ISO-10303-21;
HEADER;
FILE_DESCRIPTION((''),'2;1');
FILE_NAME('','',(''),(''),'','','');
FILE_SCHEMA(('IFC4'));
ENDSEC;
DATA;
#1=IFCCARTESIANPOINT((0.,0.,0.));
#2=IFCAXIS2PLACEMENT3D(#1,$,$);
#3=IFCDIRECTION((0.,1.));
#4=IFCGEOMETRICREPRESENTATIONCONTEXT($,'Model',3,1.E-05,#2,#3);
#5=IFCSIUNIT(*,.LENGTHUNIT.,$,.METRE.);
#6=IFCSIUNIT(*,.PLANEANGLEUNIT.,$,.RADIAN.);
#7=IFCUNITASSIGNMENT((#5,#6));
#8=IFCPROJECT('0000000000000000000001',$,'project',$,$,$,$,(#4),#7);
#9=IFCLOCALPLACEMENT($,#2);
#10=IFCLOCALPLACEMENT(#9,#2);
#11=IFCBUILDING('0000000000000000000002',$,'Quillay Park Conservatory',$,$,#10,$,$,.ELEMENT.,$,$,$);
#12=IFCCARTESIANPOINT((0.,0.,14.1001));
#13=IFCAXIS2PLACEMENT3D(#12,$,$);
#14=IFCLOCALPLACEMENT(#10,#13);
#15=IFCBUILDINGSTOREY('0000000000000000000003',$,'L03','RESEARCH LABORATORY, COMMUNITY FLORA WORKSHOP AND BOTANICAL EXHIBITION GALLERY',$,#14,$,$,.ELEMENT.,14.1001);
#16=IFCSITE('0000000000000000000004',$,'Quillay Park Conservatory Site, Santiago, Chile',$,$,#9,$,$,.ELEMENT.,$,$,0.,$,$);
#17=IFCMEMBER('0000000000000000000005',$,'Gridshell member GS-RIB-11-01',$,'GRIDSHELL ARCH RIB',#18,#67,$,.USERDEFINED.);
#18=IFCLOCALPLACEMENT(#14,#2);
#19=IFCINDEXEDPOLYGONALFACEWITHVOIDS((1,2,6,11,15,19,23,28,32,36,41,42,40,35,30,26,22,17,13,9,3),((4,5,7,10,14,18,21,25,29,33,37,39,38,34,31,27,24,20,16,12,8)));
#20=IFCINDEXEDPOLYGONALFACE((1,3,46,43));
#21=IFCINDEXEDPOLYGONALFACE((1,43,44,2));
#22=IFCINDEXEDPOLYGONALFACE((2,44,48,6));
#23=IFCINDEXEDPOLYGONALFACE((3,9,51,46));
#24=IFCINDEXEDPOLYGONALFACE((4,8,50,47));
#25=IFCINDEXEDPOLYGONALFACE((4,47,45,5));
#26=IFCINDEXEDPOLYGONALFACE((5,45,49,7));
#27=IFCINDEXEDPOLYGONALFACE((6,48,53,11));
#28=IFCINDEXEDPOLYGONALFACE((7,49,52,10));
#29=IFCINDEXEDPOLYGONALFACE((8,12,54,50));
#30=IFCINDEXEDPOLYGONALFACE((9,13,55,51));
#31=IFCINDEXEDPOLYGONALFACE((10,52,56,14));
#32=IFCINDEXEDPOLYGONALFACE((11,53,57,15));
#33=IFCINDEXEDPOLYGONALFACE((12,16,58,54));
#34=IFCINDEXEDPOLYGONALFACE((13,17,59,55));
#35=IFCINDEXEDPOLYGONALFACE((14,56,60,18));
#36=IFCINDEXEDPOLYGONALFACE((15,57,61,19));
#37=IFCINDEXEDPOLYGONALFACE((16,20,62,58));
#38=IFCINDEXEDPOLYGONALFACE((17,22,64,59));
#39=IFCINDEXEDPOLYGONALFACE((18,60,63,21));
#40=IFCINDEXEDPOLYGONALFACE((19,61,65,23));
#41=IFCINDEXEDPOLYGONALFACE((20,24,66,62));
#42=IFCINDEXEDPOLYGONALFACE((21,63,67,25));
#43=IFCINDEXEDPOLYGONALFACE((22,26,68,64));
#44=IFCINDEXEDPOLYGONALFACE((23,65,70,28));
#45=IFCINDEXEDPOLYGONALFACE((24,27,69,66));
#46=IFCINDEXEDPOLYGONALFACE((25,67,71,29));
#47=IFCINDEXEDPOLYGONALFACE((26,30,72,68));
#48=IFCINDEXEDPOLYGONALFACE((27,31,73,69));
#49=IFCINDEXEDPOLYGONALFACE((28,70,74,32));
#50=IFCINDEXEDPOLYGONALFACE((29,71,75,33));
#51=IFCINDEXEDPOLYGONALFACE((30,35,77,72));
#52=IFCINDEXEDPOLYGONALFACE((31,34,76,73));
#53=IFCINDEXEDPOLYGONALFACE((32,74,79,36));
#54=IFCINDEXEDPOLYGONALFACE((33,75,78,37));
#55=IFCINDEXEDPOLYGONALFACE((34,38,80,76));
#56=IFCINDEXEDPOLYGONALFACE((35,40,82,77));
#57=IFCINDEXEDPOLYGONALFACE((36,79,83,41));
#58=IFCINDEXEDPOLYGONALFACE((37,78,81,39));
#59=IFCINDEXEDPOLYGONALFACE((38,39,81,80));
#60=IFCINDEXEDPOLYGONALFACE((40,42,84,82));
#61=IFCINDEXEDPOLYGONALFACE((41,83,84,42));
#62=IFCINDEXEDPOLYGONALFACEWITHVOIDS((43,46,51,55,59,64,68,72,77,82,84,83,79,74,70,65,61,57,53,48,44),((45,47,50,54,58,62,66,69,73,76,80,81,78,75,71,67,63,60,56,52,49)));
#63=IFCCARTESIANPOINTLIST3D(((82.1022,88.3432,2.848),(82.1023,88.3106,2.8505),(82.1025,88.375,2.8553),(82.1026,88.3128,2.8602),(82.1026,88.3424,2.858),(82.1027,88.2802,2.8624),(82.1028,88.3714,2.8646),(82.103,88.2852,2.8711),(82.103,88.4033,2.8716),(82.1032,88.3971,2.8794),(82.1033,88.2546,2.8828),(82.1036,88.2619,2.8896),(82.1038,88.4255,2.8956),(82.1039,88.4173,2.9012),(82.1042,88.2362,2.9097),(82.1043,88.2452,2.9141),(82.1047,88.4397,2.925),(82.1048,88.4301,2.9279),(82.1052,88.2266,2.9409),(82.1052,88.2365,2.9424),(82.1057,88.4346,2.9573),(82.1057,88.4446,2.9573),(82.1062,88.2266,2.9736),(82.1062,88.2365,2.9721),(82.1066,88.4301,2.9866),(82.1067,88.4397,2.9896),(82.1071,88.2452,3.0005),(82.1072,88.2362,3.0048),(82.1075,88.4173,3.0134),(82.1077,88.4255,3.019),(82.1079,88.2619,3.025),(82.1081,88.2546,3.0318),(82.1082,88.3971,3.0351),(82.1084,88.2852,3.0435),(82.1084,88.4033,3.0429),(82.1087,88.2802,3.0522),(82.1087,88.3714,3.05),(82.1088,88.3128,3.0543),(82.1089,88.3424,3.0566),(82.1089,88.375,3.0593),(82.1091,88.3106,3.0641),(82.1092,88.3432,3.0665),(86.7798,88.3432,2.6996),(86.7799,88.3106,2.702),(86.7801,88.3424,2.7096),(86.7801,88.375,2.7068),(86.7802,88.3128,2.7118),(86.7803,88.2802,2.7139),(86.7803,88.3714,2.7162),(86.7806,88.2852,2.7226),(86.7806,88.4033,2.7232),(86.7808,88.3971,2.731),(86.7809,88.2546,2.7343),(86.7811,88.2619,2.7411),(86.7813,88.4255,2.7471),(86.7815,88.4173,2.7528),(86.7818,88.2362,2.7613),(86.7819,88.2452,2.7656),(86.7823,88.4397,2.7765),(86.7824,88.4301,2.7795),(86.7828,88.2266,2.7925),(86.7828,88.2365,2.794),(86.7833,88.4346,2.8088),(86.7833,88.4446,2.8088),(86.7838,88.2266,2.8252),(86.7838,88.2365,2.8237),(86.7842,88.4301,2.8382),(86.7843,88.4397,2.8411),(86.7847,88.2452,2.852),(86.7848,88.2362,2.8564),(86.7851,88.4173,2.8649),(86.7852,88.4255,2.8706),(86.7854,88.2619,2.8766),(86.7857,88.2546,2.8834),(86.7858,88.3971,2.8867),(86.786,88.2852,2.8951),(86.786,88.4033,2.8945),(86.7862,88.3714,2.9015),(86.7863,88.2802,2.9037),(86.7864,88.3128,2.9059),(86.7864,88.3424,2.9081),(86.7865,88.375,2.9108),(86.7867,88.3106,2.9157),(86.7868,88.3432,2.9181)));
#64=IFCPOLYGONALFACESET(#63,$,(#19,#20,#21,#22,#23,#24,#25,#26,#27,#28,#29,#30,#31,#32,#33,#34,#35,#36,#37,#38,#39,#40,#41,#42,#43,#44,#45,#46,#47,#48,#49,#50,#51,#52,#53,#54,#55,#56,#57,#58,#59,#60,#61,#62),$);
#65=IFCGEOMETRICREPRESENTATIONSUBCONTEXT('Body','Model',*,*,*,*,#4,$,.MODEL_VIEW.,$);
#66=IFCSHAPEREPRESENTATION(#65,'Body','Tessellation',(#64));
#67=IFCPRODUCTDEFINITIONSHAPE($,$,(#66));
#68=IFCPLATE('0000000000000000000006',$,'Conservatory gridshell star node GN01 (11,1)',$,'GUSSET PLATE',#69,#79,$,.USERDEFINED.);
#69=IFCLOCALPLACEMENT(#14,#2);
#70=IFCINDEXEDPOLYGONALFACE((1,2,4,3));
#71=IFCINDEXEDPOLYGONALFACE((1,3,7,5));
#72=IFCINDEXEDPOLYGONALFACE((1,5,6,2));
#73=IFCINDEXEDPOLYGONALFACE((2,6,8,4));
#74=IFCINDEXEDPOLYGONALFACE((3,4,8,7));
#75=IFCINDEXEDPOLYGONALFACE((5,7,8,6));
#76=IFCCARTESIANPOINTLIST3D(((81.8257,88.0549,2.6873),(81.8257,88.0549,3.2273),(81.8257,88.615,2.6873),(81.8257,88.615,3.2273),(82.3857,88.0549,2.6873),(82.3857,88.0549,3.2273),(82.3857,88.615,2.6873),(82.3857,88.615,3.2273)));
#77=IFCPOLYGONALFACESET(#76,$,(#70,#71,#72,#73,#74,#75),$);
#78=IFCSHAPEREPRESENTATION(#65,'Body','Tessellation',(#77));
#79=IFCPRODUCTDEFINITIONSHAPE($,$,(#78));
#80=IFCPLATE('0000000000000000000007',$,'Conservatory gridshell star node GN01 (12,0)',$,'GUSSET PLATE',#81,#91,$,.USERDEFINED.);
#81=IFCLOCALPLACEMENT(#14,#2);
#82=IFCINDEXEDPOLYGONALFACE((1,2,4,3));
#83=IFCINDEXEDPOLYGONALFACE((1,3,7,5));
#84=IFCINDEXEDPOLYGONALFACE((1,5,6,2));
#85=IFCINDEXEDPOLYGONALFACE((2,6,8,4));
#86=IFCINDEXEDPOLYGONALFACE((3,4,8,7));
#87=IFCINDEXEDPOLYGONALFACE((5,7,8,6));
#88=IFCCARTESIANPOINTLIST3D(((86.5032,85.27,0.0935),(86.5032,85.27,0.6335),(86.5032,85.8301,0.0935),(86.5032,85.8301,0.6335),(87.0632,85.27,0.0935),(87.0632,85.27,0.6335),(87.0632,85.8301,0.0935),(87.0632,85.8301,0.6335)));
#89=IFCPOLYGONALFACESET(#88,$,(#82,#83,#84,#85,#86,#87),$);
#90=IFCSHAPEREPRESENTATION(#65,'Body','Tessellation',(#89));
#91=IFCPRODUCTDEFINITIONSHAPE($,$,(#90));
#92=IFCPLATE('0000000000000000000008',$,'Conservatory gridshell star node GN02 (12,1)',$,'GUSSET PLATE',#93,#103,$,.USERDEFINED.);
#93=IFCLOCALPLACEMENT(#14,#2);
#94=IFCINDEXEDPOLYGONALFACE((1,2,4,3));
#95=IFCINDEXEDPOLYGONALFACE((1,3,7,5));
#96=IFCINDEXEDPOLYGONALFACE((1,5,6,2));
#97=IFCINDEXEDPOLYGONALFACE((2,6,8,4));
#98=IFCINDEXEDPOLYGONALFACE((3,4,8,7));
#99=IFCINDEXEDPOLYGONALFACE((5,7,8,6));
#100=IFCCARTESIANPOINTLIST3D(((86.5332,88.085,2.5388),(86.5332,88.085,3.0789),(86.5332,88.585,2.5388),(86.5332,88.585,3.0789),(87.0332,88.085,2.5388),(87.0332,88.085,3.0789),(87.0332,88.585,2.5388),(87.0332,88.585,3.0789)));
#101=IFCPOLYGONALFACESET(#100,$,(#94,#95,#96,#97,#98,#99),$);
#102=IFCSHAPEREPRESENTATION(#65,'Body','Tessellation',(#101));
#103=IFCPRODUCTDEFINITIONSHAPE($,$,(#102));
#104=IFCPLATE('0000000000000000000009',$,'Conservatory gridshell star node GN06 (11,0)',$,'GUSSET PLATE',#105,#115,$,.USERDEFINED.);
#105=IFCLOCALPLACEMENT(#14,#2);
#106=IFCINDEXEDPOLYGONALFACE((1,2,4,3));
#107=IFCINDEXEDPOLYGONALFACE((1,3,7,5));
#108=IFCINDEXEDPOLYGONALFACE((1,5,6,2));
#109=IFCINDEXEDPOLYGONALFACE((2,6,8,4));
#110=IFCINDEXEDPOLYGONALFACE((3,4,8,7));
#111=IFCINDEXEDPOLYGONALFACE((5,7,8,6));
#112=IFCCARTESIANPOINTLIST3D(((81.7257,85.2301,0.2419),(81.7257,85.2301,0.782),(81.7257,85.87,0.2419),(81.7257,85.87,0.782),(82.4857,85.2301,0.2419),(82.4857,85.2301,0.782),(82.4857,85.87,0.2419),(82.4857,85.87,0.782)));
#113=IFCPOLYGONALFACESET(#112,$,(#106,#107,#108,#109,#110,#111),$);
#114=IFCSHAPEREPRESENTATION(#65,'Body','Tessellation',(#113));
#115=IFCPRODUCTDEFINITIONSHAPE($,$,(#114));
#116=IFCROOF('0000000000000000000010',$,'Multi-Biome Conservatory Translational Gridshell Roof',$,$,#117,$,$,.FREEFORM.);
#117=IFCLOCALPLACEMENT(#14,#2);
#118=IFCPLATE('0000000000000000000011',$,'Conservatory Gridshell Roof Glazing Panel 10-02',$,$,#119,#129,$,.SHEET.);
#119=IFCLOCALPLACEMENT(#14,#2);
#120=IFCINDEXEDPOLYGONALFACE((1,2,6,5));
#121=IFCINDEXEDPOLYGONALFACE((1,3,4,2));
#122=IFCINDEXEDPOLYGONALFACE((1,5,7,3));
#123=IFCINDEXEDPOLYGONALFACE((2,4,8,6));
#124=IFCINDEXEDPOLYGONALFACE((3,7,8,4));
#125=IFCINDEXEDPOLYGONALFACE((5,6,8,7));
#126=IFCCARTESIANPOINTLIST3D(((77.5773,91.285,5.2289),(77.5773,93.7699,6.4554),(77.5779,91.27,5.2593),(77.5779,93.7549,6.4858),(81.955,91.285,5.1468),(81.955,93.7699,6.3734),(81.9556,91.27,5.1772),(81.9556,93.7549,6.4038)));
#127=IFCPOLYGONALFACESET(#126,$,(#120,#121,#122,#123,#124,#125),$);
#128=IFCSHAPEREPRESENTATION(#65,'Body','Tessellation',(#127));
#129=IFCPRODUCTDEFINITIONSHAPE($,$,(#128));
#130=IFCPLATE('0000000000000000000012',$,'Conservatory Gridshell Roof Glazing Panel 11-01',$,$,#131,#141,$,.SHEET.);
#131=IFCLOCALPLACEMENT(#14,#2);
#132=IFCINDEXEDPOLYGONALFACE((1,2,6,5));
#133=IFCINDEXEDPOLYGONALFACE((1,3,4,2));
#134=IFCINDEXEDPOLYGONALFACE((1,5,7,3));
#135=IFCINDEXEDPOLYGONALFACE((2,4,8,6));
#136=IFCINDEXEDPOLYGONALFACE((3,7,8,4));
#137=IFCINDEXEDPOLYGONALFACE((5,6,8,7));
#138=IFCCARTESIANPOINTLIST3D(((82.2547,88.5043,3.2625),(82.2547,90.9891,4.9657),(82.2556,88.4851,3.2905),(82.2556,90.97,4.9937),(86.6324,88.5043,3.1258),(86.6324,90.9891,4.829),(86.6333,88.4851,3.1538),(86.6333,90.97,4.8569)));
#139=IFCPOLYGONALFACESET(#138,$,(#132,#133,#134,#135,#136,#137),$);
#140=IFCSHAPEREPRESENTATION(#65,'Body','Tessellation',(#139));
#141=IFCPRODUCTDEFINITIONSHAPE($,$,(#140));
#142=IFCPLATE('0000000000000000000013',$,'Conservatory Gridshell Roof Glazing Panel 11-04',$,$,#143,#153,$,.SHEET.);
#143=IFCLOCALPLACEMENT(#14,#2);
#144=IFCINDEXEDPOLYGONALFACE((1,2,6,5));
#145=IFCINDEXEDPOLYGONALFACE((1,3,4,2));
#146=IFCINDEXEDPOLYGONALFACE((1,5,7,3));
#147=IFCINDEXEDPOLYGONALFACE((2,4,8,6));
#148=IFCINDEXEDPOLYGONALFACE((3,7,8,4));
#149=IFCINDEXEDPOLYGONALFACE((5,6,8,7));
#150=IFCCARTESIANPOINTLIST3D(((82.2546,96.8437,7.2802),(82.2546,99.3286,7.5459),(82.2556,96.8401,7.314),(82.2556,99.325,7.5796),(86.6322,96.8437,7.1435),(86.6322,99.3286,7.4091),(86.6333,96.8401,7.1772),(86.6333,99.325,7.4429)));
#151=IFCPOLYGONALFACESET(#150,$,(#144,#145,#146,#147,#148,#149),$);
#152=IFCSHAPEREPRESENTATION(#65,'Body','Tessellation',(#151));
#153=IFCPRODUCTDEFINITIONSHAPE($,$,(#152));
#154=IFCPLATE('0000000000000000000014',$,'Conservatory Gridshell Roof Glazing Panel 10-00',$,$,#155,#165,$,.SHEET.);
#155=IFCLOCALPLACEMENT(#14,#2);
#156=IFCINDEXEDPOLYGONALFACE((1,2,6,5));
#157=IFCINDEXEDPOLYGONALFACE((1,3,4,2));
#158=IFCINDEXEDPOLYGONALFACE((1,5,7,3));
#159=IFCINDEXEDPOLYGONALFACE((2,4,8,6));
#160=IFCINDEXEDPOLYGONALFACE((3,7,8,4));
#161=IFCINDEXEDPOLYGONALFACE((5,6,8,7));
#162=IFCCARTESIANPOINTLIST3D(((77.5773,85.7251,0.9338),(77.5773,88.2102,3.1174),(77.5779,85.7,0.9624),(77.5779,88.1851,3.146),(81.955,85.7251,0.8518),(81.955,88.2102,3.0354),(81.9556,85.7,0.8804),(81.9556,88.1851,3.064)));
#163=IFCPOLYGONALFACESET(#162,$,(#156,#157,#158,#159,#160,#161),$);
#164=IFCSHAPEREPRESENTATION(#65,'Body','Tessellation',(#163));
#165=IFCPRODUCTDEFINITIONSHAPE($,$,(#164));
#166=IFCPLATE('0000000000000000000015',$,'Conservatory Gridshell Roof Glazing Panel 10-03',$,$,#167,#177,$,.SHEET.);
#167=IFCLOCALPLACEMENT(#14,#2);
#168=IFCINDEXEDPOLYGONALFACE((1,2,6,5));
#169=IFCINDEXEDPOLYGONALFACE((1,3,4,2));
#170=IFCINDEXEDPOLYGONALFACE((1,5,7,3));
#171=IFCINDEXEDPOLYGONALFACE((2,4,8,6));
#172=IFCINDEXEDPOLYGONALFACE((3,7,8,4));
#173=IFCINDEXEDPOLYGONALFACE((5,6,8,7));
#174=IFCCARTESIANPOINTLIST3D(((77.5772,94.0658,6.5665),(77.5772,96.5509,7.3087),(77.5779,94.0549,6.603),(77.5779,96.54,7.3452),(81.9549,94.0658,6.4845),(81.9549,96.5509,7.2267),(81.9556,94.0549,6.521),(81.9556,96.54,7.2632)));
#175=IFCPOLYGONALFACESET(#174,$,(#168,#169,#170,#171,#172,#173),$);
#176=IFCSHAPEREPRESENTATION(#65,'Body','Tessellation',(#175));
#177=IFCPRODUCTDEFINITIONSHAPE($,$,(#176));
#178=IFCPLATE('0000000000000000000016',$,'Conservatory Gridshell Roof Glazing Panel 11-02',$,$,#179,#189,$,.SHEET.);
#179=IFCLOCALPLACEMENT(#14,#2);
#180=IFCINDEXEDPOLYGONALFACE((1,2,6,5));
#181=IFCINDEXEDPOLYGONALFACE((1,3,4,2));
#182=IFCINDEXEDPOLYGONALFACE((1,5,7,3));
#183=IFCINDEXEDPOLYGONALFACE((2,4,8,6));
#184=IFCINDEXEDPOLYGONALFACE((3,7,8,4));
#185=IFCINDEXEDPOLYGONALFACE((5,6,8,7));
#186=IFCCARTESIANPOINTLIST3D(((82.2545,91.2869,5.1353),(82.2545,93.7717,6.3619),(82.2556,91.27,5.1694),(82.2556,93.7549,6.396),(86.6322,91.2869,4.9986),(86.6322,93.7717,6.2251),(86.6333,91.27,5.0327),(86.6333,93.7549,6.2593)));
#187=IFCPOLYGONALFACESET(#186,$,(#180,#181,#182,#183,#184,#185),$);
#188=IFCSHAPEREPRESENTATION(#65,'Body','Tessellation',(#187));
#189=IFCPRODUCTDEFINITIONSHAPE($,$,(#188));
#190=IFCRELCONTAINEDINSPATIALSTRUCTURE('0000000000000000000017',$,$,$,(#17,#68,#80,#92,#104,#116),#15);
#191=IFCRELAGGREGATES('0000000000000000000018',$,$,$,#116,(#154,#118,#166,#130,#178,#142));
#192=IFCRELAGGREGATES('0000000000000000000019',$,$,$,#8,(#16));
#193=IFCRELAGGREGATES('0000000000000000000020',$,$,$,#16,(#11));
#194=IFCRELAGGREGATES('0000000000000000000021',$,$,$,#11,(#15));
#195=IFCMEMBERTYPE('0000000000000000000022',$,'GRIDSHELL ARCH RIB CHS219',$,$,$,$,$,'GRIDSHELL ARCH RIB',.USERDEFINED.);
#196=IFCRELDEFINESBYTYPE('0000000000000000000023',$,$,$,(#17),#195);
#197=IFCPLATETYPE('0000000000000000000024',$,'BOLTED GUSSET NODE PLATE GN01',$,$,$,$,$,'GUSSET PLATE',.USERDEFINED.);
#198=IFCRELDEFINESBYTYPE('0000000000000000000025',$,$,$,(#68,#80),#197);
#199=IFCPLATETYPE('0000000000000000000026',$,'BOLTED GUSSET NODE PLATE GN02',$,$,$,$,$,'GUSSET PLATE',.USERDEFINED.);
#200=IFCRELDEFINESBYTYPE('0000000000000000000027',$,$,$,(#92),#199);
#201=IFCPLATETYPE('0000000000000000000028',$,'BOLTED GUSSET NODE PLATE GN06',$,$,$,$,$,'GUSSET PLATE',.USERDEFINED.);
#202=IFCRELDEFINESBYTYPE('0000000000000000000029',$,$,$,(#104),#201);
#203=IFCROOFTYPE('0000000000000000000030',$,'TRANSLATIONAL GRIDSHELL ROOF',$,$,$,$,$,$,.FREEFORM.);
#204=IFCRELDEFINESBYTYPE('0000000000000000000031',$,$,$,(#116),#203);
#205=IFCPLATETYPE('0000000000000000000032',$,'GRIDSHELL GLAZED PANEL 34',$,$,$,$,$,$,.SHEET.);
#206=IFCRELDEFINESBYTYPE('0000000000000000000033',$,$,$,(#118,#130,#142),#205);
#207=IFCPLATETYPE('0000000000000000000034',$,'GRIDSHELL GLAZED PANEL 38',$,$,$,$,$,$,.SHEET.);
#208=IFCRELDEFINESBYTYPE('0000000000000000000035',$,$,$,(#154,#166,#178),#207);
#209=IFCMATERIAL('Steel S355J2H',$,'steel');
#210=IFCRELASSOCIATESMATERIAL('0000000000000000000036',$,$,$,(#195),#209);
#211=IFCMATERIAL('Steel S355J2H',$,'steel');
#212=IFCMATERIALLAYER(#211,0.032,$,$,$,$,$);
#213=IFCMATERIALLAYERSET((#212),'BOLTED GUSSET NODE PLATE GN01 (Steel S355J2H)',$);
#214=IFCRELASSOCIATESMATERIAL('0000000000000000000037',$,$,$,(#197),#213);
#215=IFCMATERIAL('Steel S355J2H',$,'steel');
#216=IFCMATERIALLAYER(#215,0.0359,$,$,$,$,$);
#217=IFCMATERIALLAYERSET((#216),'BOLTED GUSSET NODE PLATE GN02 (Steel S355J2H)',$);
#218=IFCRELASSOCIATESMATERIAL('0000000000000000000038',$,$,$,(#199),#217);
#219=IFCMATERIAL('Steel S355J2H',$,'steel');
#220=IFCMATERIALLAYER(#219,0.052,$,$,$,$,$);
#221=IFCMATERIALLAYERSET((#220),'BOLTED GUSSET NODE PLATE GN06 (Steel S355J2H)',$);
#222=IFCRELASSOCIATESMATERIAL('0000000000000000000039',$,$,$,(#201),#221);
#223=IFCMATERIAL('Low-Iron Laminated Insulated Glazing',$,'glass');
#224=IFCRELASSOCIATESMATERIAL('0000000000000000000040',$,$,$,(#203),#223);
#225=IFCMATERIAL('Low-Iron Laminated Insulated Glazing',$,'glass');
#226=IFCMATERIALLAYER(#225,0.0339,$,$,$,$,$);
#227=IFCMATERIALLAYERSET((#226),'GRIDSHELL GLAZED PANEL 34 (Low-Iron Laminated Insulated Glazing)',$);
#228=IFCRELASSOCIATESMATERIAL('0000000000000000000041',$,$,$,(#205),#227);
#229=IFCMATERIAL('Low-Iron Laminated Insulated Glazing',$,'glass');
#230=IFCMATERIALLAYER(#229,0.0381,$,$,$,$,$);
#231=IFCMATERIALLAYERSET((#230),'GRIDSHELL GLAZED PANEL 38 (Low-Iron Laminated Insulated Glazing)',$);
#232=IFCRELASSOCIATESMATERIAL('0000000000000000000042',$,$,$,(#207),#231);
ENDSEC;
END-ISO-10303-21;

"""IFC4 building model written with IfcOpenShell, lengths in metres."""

from ifc_helpers import new_model, si_unit, direction, frame, origin, origin_2d, place, context, subcontext, project, spatial, polyline, rectangle, hollow_circle, outline, extrude, material, layer, layer_set, material_profile, profile_set, type_object, element, aggregate, save


model = new_model("IFC4")

# Units and contexts
model_context = context("Model", 3, precision=1e-05, world=origin(), true_north=direction((0.0, 1.0)))
body_context = subcontext(model_context, "Body", "Model", "MODEL_VIEW")
ifc_project = project(units=[si_unit("LENGTHUNIT", "METRE"), si_unit("PLANEANGLEUNIT", "RADIAN")], contexts=[model_context])

# Site, building, storey
site_placement = place(None, origin())
site = spatial("IfcSite", under=ifc_project, at=site_placement, Name="Quillay Park Conservatory Site, Santiago, Chile", CompositionType="ELEMENT", RefElevation=0.0)
building_placement = place(site_placement, origin())
building = spatial("IfcBuilding", under=site, at=building_placement, Name="Quillay Park Conservatory", CompositionType="ELEMENT")
storey_placement = place(building_placement, frame((0.0, 0.0, 14.1001)))
storey = spatial("IfcBuildingStorey", under=building, at=storey_placement, Name="L03", Description="RESEARCH LABORATORY, COMMUNITY FLORA WORKSHOP AND BOTANICAL EXHIBITION GALLERY", CompositionType="ELEMENT", Elevation=14.1001)

# Member
ifc_material_1 = material(Name="Steel S355J2H", Category="steel")
ifc_material_profile_1 = material_profile(ifc_material_1, hollow_circle(Radius=0.1096, WallThickness=0.01, at=origin_2d()), Name="CHS219.1x10")
ifc_profile_set_1 = profile_set([ifc_material_profile_1], Name="Steel S355J2H")
member_type = type_object("IfcMemberType", Name="GRIDSHELL ARCH RIB CHS219", ElementType="GRIDSHELL ARCH RIB", PredefinedType="USERDEFINED", material=ifc_profile_set_1)
for number, where, z_axis, x_axis, name in (
    (1, (82.1057, 88.335, 2.9573), (0.999497, 0.0, -0.031718), (0.0, 1.0, 0.0), "Gridshell member GS-RIB-11-01"),
):
    element("IfcMember", number, at=place(storey_placement, frame(where, z_axis=z_axis, x_axis=x_axis)), inside=storey, type_object=member_type, Name=name, ObjectType="GRIDSHELL ARCH RIB", PredefinedType="USERDEFINED", context=body_context, shape_type="SweptSolid", body=[
        extrude(hollow_circle(Radius=0.1096, WallThickness=0.01, at=origin_2d()), origin(), (0.0, 0.0, 1.0), 4.6799),
    ])

# Plates
ifc_material_2 = material(Name="Steel S355J2H", Category="steel")
ifc_layer_1 = layer(ifc_material_2, 0.032)
ifc_layer_set_1 = layer_set([ifc_layer_1], Name="BOLTED GUSSET NODE PLATE GN01 (Steel S355J2H)")
plate_type_1 = type_object("IfcPlateType", Name="BOLTED GUSSET NODE PLATE GN01", ElementType="GUSSET PLATE", PredefinedType="USERDEFINED", material=ifc_layer_set_1)
for number, where, z_axis, x_axis, name in (
    (2, (82.1057, 88.335, 2.6873), (0.0, 0.0, 1.0), (1.0, 0.0, 0.0), "Conservatory gridshell star node GN01 (11,1)"),
    (3, (86.7832, 85.55, 0.0935), (0.0, 0.0, 1.0), (1.0, 0.0, 0.0), "Conservatory gridshell star node GN01 (12,0)"),
):
    element("IfcPlate", number, at=place(storey_placement, frame(where, z_axis=z_axis, x_axis=x_axis)), inside=storey, type_object=plate_type_1, Name=name, ObjectType="GUSSET PLATE", PredefinedType="USERDEFINED", context=body_context, shape_type="SweptSolid", body=[
        extrude(rectangle(XDim=0.5601, YDim=0.5601, at=origin_2d()), origin(), (0.0, 0.0, 1.0), 0.54),
    ])
ifc_material_3 = material(Name="Steel S355J2H", Category="steel")
ifc_layer_2 = layer(ifc_material_3, 0.0359)
ifc_layer_set_2 = layer_set([ifc_layer_2], Name="BOLTED GUSSET NODE PLATE GN02 (Steel S355J2H)")
plate_type_2 = type_object("IfcPlateType", Name="BOLTED GUSSET NODE PLATE GN02", ElementType="GUSSET PLATE", PredefinedType="USERDEFINED", material=ifc_layer_set_2)
plate_1_placement = place(storey_placement, frame((86.7832, 88.335, 2.5388), z_axis=(0.0, 0.0, 1.0), x_axis=(1.0, 0.0, 0.0)))
element("IfcPlate", 4, at=plate_1_placement, inside=storey, type_object=plate_type_2, Name="Conservatory gridshell star node GN02 (12,1)", ObjectType="GUSSET PLATE", PredefinedType="USERDEFINED", context=body_context, shape_type="SweptSolid", body=[
    extrude(rectangle(XDim=0.5, YDim=0.5, at=origin_2d()), origin(), (0.0, 0.0, 1.0), 0.54),
])
ifc_material_4 = material(Name="Steel S355J2H", Category="steel")
ifc_layer_3 = layer(ifc_material_4, 0.052)
ifc_layer_set_3 = layer_set([ifc_layer_3], Name="BOLTED GUSSET NODE PLATE GN06 (Steel S355J2H)")
plate_type_3 = type_object("IfcPlateType", Name="BOLTED GUSSET NODE PLATE GN06", ElementType="GUSSET PLATE", PredefinedType="USERDEFINED", material=ifc_layer_set_3)
plate_2_placement = place(storey_placement, frame((82.1057, 85.55, 0.2419), z_axis=(0.0, 0.0, 1.0), x_axis=(1.0, 0.0, 0.0)))
element("IfcPlate", 5, at=plate_2_placement, inside=storey, type_object=plate_type_3, Name="Conservatory gridshell star node GN06 (11,0)", ObjectType="GUSSET PLATE", PredefinedType="USERDEFINED", context=body_context, shape_type="SweptSolid", body=[
    extrude(rectangle(XDim=0.76, YDim=0.6399, at=origin_2d()), origin(), (0.0, 0.0, 1.0), 0.54),
])

# Roof, plates
ifc_material_5 = material(Name="Low-Iron Laminated Insulated Glazing", Category="glass")
roof_type = type_object("IfcRoofType", Name="TRANSLATIONAL GRIDSHELL ROOF", PredefinedType="FREEFORM", material=ifc_material_5)
roof_placement = place(storey_placement, origin())
roof = element("IfcRoof", 6, at=roof_placement, inside=storey, type_object=roof_type, Name="Multi-Biome Conservatory Translational Gridshell Roof", PredefinedType="FREEFORM")
ifc_material_6 = material(Name="Low-Iron Laminated Insulated Glazing", Category="glass")
ifc_layer_4 = layer(ifc_material_6, 0.0339)
ifc_layer_set_4 = layer_set([ifc_layer_4], Name="GRIDSHELL GLAZED PANEL 34 (Low-Iron Laminated Insulated Glazing)")
plate_type_4 = type_object("IfcPlateType", Name="GRIDSHELL GLAZED PANEL 34", PredefinedType="SHEET", material=ifc_layer_set_4)
plate_3_placement = place(storey_placement, frame((77.5779, 91.27, 5.2593), z_axis=(0.016801, -0.442564, 0.89658), x_axis=(0.999824, 0.0, -0.018735)))
plate_3 = element("IfcPlate", 7, at=plate_3_placement, type_object=plate_type_4, Name="Conservatory Gridshell Roof Glazing Panel 10-02", PredefinedType="SHEET", context=body_context, shape_type="SweptSolid", body=[
    extrude(outline(polyline([(0.0, 0.0), (4.3785, 0.0), (4.3555, 2.771), (-0.023, 2.771), (0.0, 0.0)])), origin(), (0.0, 0.0, -1.0), 0.0339),
])
plate_4_placement = place(storey_placement, frame((82.2556, 88.4851, 3.2905), z_axis=(0.025752, -0.565164, 0.824576), x_axis=(0.999513, 0.0, -0.031216)))
plate_4 = element("IfcPlate", 8, at=plate_4_placement, type_object=plate_type_4, Name="Conservatory Gridshell Roof Glazing Panel 11-01", PredefinedType="SHEET", context=body_context, shape_type="SweptSolid", body=[
    extrude(outline(polyline([(0.0, 0.0), (4.3798, 0.0), (4.3267, 3.012), (-0.0532, 3.012), (0.0, 0.0)])), origin(), (0.0, 0.0, -1.0), 0.0339),
])
plate_5_placement = place(storey_placement, frame((82.2556, 96.8401, 7.314), z_axis=(0.031039, -0.10624, 0.993856), x_axis=(0.999513, 0.0, -0.031216)))
plate_5 = element("IfcPlate", 9, at=plate_5_placement, type_object=plate_type_4, Name="Conservatory Gridshell Roof Glazing Panel 11-04", PredefinedType="SHEET", context=body_context, shape_type="SweptSolid", body=[
    extrude(outline(polyline([(0.0, 0.0), (4.3798, 0.0), (4.3715, 2.499), (-0.0083, 2.499), (0.0, 0.0)])), origin(), (0.0, 0.0, -1.0), 0.0339),
])
ifc_material_7 = material(Name="Low-Iron Laminated Insulated Glazing", Category="glass")
ifc_layer_5 = layer(ifc_material_7, 0.0381)
ifc_layer_set_5 = layer_set([ifc_layer_5], Name="GRIDSHELL GLAZED PANEL 38 (Low-Iron Laminated Insulated Glazing)")
plate_type_5 = type_object("IfcPlateType", Name="GRIDSHELL GLAZED PANEL 38", PredefinedType="SHEET", material=ifc_layer_set_5)
plate_6_placement = place(storey_placement, frame((77.5779, 85.7, 0.9624), z_axis=(0.014075, -0.66, 0.751134), x_axis=(0.999824, 0.0, -0.018735)))
plate_6 = element("IfcPlate", 10, at=plate_6_placement, type_object=plate_type_5, Name="Conservatory Gridshell Roof Glazing Panel 10-00", PredefinedType="SHEET", context=body_context, shape_type="SweptSolid", body=[
    extrude(outline(polyline([(0.0, 0.0), (4.3785, 0.0), (4.3375, 3.3079), (-0.0409, 3.3079), (0.0, 0.0)])), origin(), (0.0, 0.0, -1.0), 0.0381),
])
plate_7_placement = place(storey_placement, frame((77.5779, 94.0549, 6.603), z_axis=(0.017952, -0.286118, 0.958026), x_axis=(0.999824, 0.0, -0.018735)))
plate_7 = element("IfcPlate", 11, at=plate_7_placement, type_object=plate_type_5, Name="Conservatory Gridshell Roof Glazing Panel 10-03", PredefinedType="SHEET", context=body_context, shape_type="SweptSolid", body=[
    extrude(outline(polyline([(0.0, 0.0), (4.3785, 0.0), (4.3645, 2.5935), (-0.0139, 2.5935), (0.0, 0.0)])), origin(), (0.0, 0.0, -1.0), 0.0381),
])
plate_8_placement = place(storey_placement, frame((82.2556, 91.27, 5.1694), z_axis=(0.027994, -0.442453, 0.896355), x_axis=(0.999513, 0.0, -0.031216)))
plate_8 = element("IfcPlate", 12, at=plate_8_placement, type_object=plate_type_5, Name="Conservatory Gridshell Roof Glazing Panel 11-02", PredefinedType="SHEET", context=body_context, shape_type="SweptSolid", body=[
    extrude(outline(polyline([(0.0, 0.0), (4.3798, 0.0), (4.3415, 2.7708), (-0.0383, 2.7708), (0.0, 0.0)])), origin(), (0.0, 0.0, -1.0), 0.0381),
])
aggregate(roof, [plate_6, plate_3, plate_7, plate_4, plate_8, plate_5])

save(model, "model.ifc")
